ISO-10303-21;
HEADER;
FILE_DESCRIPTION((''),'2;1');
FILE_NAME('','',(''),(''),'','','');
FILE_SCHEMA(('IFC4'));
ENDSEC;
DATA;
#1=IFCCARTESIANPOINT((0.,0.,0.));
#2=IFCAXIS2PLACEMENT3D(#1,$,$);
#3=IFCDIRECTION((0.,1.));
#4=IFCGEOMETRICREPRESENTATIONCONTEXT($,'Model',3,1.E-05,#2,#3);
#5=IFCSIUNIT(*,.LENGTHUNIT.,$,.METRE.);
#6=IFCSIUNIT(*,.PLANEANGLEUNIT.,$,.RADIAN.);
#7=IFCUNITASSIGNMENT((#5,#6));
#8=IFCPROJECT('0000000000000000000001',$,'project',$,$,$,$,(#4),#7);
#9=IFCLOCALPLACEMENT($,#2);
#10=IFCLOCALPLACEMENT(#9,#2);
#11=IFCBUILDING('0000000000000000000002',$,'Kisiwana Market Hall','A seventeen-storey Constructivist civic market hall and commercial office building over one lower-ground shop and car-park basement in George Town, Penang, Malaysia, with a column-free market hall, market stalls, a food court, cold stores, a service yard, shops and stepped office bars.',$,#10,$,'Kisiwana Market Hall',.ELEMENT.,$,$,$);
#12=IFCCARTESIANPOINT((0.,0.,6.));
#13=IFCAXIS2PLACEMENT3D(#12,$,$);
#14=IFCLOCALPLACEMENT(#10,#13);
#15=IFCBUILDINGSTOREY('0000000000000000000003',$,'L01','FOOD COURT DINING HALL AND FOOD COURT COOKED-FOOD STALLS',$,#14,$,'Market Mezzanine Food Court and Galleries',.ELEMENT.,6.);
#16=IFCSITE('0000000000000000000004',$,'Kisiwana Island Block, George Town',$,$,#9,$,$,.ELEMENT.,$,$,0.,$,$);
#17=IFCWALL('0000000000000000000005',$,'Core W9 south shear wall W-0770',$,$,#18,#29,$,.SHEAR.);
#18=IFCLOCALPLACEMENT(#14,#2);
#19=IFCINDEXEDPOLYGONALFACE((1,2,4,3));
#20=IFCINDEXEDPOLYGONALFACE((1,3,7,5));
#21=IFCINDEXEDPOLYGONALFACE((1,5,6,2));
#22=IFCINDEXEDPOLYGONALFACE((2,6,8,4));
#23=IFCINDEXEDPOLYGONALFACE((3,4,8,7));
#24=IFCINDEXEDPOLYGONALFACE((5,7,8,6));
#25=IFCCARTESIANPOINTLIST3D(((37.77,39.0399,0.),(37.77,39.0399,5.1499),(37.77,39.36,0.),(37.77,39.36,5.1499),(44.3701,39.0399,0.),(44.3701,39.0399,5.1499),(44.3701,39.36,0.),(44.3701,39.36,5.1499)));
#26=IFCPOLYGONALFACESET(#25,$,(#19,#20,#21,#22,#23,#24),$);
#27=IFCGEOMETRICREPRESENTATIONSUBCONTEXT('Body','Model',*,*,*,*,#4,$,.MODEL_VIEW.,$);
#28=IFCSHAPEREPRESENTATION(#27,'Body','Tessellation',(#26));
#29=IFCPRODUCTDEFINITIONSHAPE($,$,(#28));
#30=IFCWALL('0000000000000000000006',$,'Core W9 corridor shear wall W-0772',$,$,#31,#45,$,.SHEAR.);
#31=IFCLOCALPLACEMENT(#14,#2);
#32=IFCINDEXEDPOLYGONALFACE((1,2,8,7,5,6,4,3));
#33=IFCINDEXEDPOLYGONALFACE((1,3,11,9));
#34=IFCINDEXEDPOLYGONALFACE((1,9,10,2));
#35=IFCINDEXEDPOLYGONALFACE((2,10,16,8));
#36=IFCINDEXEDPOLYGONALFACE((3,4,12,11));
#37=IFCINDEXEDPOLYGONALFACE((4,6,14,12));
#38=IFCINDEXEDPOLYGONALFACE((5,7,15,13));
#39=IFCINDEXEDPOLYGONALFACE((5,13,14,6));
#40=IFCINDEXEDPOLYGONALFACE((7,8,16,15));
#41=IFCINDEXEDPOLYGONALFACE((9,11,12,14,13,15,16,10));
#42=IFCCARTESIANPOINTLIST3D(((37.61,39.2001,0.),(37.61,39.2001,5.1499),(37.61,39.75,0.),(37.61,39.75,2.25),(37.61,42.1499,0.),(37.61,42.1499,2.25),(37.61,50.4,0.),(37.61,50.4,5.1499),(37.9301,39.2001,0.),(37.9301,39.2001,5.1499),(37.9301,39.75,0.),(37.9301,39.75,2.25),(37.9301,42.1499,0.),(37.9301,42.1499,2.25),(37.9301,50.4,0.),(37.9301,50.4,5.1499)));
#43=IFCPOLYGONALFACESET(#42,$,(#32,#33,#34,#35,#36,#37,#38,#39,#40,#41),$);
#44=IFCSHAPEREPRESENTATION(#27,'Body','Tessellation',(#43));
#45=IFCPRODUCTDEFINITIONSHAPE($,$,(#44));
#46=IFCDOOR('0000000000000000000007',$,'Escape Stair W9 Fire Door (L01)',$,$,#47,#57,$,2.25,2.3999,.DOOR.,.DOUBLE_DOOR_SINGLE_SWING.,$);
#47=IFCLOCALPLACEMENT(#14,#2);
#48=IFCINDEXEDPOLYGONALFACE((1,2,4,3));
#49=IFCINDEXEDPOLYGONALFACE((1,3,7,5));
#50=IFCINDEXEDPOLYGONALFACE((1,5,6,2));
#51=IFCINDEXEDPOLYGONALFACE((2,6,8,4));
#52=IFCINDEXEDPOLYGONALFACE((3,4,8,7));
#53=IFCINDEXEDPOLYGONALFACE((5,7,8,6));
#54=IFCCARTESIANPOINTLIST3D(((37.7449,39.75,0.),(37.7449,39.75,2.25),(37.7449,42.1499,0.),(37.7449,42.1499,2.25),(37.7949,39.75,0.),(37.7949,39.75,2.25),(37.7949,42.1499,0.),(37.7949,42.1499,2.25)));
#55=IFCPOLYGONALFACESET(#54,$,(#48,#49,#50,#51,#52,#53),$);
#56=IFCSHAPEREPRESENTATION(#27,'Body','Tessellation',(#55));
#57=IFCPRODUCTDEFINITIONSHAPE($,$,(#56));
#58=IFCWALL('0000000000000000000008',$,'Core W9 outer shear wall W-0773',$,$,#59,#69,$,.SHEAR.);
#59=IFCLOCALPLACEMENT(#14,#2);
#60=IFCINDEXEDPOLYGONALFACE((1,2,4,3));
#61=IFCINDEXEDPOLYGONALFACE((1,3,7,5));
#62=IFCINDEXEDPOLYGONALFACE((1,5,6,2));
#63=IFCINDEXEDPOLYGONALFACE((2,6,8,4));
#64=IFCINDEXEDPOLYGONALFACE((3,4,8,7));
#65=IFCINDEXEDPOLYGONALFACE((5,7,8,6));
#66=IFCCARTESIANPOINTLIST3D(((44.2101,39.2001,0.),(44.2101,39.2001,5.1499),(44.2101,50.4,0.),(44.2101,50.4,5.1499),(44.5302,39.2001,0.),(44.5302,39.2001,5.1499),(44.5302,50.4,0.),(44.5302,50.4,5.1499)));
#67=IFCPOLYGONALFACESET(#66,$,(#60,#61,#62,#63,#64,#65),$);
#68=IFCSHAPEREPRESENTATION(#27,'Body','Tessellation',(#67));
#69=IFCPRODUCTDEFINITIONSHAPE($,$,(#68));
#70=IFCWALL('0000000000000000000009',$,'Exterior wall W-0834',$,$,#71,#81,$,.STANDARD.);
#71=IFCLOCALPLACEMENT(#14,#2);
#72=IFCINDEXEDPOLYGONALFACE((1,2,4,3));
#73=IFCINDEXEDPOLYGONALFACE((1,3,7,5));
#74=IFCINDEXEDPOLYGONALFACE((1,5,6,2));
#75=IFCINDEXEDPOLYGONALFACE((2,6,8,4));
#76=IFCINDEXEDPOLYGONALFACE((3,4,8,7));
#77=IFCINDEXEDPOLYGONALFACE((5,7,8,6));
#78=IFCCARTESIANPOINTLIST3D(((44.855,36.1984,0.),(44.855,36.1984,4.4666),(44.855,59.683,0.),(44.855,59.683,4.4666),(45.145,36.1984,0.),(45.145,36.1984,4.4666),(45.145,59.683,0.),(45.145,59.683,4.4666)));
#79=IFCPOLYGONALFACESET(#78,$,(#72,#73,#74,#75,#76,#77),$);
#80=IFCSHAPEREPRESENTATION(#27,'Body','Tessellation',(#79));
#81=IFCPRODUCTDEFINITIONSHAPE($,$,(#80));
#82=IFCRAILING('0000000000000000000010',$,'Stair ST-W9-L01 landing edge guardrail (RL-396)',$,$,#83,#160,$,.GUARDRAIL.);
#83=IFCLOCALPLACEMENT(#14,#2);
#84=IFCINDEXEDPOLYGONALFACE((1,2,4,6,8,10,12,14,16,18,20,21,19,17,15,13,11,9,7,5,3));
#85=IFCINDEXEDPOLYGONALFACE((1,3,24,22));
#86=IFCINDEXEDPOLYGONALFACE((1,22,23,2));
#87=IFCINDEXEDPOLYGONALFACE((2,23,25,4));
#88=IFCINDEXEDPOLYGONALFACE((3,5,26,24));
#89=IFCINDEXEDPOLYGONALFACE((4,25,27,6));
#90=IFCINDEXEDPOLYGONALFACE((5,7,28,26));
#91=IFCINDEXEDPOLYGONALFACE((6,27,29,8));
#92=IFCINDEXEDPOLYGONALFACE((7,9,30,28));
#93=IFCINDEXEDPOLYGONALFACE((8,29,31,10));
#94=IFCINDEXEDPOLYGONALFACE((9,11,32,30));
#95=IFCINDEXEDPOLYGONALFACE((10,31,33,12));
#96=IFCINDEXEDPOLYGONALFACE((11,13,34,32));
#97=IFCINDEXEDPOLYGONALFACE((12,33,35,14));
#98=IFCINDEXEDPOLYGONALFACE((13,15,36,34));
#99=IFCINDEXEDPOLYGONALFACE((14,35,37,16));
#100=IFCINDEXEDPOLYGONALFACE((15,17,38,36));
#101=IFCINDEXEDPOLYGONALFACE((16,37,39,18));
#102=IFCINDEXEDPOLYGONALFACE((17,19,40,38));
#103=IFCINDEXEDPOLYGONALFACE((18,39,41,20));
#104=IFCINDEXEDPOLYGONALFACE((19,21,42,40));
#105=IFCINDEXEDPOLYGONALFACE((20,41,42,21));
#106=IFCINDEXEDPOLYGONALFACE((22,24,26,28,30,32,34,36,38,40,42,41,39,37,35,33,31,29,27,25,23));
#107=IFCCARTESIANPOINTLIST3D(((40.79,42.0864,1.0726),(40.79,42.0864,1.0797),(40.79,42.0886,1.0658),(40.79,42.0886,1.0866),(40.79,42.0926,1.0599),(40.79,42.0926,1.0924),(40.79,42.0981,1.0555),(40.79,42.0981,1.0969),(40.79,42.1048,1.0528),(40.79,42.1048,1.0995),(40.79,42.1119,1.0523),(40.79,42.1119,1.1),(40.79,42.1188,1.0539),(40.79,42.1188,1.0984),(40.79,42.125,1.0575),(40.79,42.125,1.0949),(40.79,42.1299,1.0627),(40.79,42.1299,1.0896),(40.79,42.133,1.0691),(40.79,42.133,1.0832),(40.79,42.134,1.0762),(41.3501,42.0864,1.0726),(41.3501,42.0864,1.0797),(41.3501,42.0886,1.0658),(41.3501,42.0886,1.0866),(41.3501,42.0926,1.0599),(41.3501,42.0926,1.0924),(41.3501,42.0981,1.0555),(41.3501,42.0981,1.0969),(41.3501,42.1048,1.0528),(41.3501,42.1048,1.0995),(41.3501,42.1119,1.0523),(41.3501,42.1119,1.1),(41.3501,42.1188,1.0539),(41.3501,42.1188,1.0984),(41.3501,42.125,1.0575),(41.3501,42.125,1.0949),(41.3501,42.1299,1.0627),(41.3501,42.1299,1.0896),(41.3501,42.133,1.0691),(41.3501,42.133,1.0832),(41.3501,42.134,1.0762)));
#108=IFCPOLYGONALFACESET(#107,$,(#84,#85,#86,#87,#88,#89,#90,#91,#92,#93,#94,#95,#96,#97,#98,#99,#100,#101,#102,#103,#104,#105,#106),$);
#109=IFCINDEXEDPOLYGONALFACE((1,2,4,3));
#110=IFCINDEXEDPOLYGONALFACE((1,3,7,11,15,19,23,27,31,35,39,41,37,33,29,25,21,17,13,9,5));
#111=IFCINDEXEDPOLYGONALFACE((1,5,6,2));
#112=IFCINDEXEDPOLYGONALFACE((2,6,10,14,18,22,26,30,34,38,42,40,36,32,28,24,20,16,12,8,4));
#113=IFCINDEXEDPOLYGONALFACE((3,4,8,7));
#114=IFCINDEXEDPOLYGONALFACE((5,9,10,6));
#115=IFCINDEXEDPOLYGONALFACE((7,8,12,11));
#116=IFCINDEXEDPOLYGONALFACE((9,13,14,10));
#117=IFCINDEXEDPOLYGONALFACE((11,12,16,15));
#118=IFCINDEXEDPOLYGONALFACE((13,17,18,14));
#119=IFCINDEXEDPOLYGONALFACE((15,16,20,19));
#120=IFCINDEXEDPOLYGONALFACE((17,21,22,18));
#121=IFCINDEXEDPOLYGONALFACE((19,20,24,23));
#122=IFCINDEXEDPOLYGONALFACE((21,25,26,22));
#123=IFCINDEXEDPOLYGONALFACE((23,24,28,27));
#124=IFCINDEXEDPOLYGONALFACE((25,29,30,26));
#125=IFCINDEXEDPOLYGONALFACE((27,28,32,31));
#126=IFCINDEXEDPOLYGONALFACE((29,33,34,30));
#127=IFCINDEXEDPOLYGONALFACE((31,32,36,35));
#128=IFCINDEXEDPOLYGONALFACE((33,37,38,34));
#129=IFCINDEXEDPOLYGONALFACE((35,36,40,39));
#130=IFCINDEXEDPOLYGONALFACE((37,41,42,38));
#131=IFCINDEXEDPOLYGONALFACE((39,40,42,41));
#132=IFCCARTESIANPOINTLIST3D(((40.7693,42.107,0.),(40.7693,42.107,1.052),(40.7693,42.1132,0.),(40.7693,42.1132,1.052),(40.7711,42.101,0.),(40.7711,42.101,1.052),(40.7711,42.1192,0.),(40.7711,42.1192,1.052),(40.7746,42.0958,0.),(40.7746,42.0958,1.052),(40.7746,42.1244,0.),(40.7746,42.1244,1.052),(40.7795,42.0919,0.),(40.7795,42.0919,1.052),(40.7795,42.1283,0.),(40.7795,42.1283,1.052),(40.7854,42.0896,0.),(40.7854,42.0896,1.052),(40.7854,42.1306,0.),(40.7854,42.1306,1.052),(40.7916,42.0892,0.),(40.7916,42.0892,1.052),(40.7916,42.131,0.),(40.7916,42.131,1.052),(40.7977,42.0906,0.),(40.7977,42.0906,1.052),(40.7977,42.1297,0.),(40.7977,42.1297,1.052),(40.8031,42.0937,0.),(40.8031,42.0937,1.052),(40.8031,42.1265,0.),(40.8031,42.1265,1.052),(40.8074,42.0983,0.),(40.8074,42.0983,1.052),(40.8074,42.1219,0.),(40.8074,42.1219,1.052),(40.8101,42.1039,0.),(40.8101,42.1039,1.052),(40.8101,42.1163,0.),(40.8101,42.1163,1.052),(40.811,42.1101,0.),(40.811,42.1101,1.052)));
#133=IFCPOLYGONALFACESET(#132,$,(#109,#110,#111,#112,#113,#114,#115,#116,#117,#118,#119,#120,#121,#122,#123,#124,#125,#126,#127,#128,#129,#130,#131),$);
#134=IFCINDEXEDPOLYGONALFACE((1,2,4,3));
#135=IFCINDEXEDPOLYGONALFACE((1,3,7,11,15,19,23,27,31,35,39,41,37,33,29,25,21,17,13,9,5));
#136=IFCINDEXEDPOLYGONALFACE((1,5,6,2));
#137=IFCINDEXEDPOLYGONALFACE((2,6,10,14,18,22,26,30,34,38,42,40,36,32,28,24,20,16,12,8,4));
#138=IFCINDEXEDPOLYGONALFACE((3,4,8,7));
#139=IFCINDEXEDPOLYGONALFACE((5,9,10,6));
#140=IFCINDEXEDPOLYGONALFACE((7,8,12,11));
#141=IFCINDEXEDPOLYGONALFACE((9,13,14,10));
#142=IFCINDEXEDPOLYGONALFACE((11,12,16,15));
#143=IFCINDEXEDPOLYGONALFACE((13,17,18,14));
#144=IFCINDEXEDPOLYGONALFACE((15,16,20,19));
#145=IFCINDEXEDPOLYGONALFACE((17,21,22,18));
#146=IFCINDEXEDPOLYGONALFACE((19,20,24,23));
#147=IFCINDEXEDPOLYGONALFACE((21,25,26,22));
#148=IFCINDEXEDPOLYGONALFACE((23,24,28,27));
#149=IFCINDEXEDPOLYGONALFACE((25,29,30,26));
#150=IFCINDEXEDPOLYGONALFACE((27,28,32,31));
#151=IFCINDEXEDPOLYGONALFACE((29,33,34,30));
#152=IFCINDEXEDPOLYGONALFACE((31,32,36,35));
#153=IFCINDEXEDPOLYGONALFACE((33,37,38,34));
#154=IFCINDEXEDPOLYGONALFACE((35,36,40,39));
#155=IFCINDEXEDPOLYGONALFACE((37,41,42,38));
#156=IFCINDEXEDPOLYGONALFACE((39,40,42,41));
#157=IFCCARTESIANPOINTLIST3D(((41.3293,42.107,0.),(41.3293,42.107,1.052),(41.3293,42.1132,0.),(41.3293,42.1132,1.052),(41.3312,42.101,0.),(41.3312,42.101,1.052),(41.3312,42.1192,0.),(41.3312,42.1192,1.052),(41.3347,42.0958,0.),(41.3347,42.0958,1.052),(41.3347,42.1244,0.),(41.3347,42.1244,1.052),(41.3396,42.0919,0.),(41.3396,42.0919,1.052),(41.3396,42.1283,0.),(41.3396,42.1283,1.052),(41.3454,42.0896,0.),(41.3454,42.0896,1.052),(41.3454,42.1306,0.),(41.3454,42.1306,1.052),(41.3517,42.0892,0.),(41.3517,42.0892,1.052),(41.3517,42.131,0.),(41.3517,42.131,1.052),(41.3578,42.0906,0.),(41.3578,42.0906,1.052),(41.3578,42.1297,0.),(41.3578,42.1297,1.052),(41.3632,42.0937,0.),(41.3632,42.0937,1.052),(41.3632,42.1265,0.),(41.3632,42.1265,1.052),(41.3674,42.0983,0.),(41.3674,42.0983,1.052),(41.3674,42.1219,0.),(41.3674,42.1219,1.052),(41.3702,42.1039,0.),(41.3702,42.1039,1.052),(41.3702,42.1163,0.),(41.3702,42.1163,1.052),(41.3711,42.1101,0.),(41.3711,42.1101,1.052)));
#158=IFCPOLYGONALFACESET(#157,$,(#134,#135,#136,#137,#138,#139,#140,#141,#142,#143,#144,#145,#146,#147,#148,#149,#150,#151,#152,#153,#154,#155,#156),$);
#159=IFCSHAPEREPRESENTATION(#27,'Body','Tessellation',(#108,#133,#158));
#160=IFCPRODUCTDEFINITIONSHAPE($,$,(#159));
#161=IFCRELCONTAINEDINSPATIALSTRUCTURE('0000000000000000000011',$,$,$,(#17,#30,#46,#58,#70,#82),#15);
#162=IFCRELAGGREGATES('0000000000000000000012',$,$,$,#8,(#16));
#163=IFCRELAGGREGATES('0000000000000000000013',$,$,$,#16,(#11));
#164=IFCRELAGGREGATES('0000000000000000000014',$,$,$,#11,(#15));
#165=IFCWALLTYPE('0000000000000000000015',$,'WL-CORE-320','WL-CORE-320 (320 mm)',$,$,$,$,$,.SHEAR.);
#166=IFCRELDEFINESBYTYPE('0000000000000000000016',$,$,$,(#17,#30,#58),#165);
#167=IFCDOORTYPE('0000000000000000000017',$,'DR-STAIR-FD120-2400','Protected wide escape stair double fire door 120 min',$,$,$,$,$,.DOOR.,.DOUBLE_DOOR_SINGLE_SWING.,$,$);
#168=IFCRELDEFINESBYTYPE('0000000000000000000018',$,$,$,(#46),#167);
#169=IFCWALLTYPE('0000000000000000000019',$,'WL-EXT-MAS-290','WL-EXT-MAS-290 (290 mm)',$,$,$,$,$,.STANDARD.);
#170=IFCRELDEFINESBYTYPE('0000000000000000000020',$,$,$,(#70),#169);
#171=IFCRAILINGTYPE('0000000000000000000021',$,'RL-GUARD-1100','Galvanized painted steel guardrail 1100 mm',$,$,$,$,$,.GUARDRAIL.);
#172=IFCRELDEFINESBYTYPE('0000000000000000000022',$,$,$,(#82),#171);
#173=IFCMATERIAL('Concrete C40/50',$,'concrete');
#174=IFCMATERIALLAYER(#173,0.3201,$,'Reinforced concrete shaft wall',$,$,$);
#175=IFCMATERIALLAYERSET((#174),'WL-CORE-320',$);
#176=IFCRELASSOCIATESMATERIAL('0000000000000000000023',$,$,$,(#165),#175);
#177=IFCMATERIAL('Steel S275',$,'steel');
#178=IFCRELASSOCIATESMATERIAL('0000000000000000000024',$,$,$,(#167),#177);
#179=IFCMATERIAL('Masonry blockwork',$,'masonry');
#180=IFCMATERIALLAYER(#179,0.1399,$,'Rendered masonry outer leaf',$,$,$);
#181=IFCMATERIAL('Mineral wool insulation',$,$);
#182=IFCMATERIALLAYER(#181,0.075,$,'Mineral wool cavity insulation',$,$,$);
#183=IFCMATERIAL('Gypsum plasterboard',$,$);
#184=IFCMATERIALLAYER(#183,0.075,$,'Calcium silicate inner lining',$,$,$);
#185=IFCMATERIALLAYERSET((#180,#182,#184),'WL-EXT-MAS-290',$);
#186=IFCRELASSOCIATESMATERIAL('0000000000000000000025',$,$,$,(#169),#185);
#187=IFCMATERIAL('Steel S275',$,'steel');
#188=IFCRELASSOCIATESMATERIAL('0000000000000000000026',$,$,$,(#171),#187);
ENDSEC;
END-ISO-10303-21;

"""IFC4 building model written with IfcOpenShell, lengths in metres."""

from ifc_helpers import new_model, si_unit, direction, frame, frame_2d, origin, origin_2d, place, context, subcontext, project, spatial, rectangle, circle, extrude, material, layer, layer_set, type_object, element, fill, save


model = new_model("IFC4")

# Units and contexts
model_context = context("Model", 3, precision=1e-05, world=origin(), true_north=direction((0.0, 1.0)))
body_context = subcontext(model_context, "Body", "Model", "MODEL_VIEW")
ifc_project = project(units=[si_unit("LENGTHUNIT", "METRE"), si_unit("PLANEANGLEUNIT", "RADIAN")], contexts=[model_context])

# Site, building, storey
site_placement = place(None, origin())
site = spatial("IfcSite", under=ifc_project, at=site_placement, Name="Kisiwana Island Block, George Town", CompositionType="ELEMENT", RefElevation=0.0)
building_placement = place(site_placement, origin())
building = spatial("IfcBuilding", under=site, at=building_placement, Name="Kisiwana Market Hall", Description="A seventeen-storey Constructivist civic market hall and commercial office building over one lower-ground shop and car-park basement in George Town, Penang, Malaysia, with a column-free market hall, market stalls, a food court, cold stores, a service yard, shops and stepped office bars.", LongName="Kisiwana Market Hall", CompositionType="ELEMENT")
storey_placement = place(building_placement, frame((0.0, 0.0, 6.0)))
storey = spatial("IfcBuildingStorey", under=building, at=storey_placement, Name="L01", Description="FOOD COURT DINING HALL AND FOOD COURT COOKED-FOOD STALLS", LongName="Market Mezzanine Food Court and Galleries", CompositionType="ELEMENT", Elevation=6.0)

# Wall
ifc_material_1 = material(Name="Concrete C40/50", Category="concrete")
ifc_layer_1 = layer(ifc_material_1, 0.3201, Name="Reinforced concrete shaft wall")
ifc_layer_set_1 = layer_set([ifc_layer_1], Name="WL-CORE-320")
wall_type_1 = type_object("IfcWallType", Name="WL-CORE-320", Description="WL-CORE-320 (320 mm)", PredefinedType="SHEAR", material=ifc_layer_set_1)
wall_1_placement = place(storey_placement, frame((37.77, 39.2, 0.0), z_axis=(0.0, 0.0, 1.0), x_axis=(1.0, 0.0, 0.0)))
element("IfcWall", 1, at=wall_1_placement, inside=storey, type_object=wall_type_1, Name="Core W9 south shear wall W-0770", PredefinedType="SHEAR", context=body_context, shape_type="SweptSolid", body=[
    extrude(rectangle(XDim=6.6001, YDim=0.3201, at=frame_2d((3.3, 0.0))), origin(), (0.0, 0.0, 1.0), 5.1499),
])

# Wall, opening, door
wall_2_placement = place(storey_placement, frame((37.77, 39.2, 0.0), z_axis=(0.0, 0.0, 1.0), x_axis=(0.0, 1.0, 0.0)))
wall_2 = element("IfcWall", 2, at=wall_2_placement, inside=storey, type_object=wall_type_1, Name="Core W9 corridor shear wall W-0772", PredefinedType="SHEAR", context=body_context, shape_type="SweptSolid", body=[
    extrude(rectangle(XDim=11.2, YDim=0.3201, at=frame_2d((5.6001, 0.0))), origin(), (0.0, 0.0, 1.0), 5.1499),
])
opening_placement = place(wall_2_placement, frame((0.55, 0.0, 0.0)))
opening = element("IfcOpeningElement", 3, at=opening_placement, cuts=wall_2, PredefinedType="OPENING", context=body_context, shape_type="SweptSolid", body=[
    extrude(rectangle(XDim=2.3999, YDim=2.25, at=frame_2d((1.2, 1.125))), frame((0.0, 0.1719, 0.0), z_axis=(0.0, -1.0, 0.0), x_axis=(1.0, 0.0, 0.0)), (0.0, 0.0, 1.0), 0.344),
])
ifc_material_2 = material(Name="Steel S275", Category="steel")
door_type = type_object("IfcDoorType", Name="DR-STAIR-FD120-2400", Description="Protected wide escape stair double fire door 120 min", OperationType="DOUBLE_DOOR_SINGLE_SWING", PredefinedType="DOOR", material=ifc_material_2)
door_placement = place(opening_placement, frame((2.3999, 0.0, 0.0), z_axis=(0.0, 0.0, 1.0), x_axis=(-1.0, 0.0, 0.0)))
door = element("IfcDoor", 4, at=door_placement, inside=storey, type_object=door_type, Name="Escape Stair W9 Fire Door (L01)", OperationType="DOUBLE_DOOR_SINGLE_SWING", OverallHeight=2.25, OverallWidth=2.3999, PredefinedType="DOOR", context=body_context, shape_type="SweptSolid", body=[
    extrude(rectangle(XDim=2.3999, YDim=2.25, at=frame_2d((1.2, 1.125))), frame((0.0, 0.0249, 0.0), z_axis=(0.0, -1.0, 0.0), x_axis=(1.0, 0.0, 0.0)), (0.0, 0.0, 1.0), 0.05),
])
fill(opening, door)

# Walls
wall_3_placement = place(storey_placement, frame((44.3701, 39.2, 0.0), z_axis=(0.0, 0.0, 1.0), x_axis=(0.0, 1.0, 0.0)))
element("IfcWall", 5, at=wall_3_placement, inside=storey, type_object=wall_type_1, Name="Core W9 outer shear wall W-0773", PredefinedType="SHEAR", context=body_context, shape_type="SweptSolid", body=[
    extrude(rectangle(XDim=11.2, YDim=0.3201, at=frame_2d((5.6001, 0.0))), origin(), (0.0, 0.0, 1.0), 5.1499),
])
ifc_material_3 = material(Name="Masonry blockwork", Category="masonry")
ifc_layer_2 = layer(ifc_material_3, 0.1399, Name="Rendered masonry outer leaf")
ifc_material_4 = material(Name="Mineral wool insulation")
ifc_layer_3 = layer(ifc_material_4, 0.075, Name="Mineral wool cavity insulation")
ifc_material_5 = material(Name="Gypsum plasterboard")
ifc_layer_4 = layer(ifc_material_5, 0.075, Name="Calcium silicate inner lining")
ifc_layer_set_2 = layer_set([ifc_layer_2, ifc_layer_3, ifc_layer_4], Name="WL-EXT-MAS-290")
wall_type_2 = type_object("IfcWallType", Name="WL-EXT-MAS-290", Description="WL-EXT-MAS-290 (290 mm)", PredefinedType="STANDARD", material=ifc_layer_set_2)
wall_4_placement = place(storey_placement, frame((45.0, 36.1985, 0.0), z_axis=(0.0, 0.0, 1.0), x_axis=(0.0, 1.0, 0.0)))
element("IfcWall", 6, at=wall_4_placement, inside=storey, type_object=wall_type_2, Name="Exterior wall W-0834", PredefinedType="STANDARD", context=body_context, shape_type="SweptSolid", body=[
    extrude(rectangle(XDim=23.4846, YDim=0.29, at=frame_2d((11.7422, 0.0))), origin(), (0.0, 0.0, 1.0), 4.4666),
])

# Railing
ifc_material_6 = material(Name="Steel S275", Category="steel")
railing_type_1 = type_object("IfcRailingType", Name="RL-GUARD-1100", Description="Galvanized painted steel guardrail 1100 mm", PredefinedType="GUARDRAIL", material=ifc_material_6)
railing_1_placement = place(storey_placement, frame((40.79, 42.1101, 0.0)))
element("IfcRailing", 7, at=railing_1_placement, inside=storey, type_object=railing_type_1, Name="Stair ST-W9-L01 landing edge guardrail (RL-396)", PredefinedType="GUARDRAIL", context=body_context, shape_type="SweptSolid", body=[
    extrude(circle(Radius=0.0239, at=origin_2d()), frame((0.0, 0.0, 1.0762), z_axis=(1.0, 0.0, 0.0), x_axis=(0.0, 1.0, 0.0)), (0.0, 0.0, 1.0), 0.5601),
    extrude(circle(Radius=0.021, at=origin_2d()), origin(), (0.0, 0.0, 1.0), 1.052),
    extrude(circle(Radius=0.021, at=origin_2d()), frame((0.5601, 0.0, 0.0)), (0.0, 0.0, 1.0), 1.052),
])

save(model, "model.ifc")
